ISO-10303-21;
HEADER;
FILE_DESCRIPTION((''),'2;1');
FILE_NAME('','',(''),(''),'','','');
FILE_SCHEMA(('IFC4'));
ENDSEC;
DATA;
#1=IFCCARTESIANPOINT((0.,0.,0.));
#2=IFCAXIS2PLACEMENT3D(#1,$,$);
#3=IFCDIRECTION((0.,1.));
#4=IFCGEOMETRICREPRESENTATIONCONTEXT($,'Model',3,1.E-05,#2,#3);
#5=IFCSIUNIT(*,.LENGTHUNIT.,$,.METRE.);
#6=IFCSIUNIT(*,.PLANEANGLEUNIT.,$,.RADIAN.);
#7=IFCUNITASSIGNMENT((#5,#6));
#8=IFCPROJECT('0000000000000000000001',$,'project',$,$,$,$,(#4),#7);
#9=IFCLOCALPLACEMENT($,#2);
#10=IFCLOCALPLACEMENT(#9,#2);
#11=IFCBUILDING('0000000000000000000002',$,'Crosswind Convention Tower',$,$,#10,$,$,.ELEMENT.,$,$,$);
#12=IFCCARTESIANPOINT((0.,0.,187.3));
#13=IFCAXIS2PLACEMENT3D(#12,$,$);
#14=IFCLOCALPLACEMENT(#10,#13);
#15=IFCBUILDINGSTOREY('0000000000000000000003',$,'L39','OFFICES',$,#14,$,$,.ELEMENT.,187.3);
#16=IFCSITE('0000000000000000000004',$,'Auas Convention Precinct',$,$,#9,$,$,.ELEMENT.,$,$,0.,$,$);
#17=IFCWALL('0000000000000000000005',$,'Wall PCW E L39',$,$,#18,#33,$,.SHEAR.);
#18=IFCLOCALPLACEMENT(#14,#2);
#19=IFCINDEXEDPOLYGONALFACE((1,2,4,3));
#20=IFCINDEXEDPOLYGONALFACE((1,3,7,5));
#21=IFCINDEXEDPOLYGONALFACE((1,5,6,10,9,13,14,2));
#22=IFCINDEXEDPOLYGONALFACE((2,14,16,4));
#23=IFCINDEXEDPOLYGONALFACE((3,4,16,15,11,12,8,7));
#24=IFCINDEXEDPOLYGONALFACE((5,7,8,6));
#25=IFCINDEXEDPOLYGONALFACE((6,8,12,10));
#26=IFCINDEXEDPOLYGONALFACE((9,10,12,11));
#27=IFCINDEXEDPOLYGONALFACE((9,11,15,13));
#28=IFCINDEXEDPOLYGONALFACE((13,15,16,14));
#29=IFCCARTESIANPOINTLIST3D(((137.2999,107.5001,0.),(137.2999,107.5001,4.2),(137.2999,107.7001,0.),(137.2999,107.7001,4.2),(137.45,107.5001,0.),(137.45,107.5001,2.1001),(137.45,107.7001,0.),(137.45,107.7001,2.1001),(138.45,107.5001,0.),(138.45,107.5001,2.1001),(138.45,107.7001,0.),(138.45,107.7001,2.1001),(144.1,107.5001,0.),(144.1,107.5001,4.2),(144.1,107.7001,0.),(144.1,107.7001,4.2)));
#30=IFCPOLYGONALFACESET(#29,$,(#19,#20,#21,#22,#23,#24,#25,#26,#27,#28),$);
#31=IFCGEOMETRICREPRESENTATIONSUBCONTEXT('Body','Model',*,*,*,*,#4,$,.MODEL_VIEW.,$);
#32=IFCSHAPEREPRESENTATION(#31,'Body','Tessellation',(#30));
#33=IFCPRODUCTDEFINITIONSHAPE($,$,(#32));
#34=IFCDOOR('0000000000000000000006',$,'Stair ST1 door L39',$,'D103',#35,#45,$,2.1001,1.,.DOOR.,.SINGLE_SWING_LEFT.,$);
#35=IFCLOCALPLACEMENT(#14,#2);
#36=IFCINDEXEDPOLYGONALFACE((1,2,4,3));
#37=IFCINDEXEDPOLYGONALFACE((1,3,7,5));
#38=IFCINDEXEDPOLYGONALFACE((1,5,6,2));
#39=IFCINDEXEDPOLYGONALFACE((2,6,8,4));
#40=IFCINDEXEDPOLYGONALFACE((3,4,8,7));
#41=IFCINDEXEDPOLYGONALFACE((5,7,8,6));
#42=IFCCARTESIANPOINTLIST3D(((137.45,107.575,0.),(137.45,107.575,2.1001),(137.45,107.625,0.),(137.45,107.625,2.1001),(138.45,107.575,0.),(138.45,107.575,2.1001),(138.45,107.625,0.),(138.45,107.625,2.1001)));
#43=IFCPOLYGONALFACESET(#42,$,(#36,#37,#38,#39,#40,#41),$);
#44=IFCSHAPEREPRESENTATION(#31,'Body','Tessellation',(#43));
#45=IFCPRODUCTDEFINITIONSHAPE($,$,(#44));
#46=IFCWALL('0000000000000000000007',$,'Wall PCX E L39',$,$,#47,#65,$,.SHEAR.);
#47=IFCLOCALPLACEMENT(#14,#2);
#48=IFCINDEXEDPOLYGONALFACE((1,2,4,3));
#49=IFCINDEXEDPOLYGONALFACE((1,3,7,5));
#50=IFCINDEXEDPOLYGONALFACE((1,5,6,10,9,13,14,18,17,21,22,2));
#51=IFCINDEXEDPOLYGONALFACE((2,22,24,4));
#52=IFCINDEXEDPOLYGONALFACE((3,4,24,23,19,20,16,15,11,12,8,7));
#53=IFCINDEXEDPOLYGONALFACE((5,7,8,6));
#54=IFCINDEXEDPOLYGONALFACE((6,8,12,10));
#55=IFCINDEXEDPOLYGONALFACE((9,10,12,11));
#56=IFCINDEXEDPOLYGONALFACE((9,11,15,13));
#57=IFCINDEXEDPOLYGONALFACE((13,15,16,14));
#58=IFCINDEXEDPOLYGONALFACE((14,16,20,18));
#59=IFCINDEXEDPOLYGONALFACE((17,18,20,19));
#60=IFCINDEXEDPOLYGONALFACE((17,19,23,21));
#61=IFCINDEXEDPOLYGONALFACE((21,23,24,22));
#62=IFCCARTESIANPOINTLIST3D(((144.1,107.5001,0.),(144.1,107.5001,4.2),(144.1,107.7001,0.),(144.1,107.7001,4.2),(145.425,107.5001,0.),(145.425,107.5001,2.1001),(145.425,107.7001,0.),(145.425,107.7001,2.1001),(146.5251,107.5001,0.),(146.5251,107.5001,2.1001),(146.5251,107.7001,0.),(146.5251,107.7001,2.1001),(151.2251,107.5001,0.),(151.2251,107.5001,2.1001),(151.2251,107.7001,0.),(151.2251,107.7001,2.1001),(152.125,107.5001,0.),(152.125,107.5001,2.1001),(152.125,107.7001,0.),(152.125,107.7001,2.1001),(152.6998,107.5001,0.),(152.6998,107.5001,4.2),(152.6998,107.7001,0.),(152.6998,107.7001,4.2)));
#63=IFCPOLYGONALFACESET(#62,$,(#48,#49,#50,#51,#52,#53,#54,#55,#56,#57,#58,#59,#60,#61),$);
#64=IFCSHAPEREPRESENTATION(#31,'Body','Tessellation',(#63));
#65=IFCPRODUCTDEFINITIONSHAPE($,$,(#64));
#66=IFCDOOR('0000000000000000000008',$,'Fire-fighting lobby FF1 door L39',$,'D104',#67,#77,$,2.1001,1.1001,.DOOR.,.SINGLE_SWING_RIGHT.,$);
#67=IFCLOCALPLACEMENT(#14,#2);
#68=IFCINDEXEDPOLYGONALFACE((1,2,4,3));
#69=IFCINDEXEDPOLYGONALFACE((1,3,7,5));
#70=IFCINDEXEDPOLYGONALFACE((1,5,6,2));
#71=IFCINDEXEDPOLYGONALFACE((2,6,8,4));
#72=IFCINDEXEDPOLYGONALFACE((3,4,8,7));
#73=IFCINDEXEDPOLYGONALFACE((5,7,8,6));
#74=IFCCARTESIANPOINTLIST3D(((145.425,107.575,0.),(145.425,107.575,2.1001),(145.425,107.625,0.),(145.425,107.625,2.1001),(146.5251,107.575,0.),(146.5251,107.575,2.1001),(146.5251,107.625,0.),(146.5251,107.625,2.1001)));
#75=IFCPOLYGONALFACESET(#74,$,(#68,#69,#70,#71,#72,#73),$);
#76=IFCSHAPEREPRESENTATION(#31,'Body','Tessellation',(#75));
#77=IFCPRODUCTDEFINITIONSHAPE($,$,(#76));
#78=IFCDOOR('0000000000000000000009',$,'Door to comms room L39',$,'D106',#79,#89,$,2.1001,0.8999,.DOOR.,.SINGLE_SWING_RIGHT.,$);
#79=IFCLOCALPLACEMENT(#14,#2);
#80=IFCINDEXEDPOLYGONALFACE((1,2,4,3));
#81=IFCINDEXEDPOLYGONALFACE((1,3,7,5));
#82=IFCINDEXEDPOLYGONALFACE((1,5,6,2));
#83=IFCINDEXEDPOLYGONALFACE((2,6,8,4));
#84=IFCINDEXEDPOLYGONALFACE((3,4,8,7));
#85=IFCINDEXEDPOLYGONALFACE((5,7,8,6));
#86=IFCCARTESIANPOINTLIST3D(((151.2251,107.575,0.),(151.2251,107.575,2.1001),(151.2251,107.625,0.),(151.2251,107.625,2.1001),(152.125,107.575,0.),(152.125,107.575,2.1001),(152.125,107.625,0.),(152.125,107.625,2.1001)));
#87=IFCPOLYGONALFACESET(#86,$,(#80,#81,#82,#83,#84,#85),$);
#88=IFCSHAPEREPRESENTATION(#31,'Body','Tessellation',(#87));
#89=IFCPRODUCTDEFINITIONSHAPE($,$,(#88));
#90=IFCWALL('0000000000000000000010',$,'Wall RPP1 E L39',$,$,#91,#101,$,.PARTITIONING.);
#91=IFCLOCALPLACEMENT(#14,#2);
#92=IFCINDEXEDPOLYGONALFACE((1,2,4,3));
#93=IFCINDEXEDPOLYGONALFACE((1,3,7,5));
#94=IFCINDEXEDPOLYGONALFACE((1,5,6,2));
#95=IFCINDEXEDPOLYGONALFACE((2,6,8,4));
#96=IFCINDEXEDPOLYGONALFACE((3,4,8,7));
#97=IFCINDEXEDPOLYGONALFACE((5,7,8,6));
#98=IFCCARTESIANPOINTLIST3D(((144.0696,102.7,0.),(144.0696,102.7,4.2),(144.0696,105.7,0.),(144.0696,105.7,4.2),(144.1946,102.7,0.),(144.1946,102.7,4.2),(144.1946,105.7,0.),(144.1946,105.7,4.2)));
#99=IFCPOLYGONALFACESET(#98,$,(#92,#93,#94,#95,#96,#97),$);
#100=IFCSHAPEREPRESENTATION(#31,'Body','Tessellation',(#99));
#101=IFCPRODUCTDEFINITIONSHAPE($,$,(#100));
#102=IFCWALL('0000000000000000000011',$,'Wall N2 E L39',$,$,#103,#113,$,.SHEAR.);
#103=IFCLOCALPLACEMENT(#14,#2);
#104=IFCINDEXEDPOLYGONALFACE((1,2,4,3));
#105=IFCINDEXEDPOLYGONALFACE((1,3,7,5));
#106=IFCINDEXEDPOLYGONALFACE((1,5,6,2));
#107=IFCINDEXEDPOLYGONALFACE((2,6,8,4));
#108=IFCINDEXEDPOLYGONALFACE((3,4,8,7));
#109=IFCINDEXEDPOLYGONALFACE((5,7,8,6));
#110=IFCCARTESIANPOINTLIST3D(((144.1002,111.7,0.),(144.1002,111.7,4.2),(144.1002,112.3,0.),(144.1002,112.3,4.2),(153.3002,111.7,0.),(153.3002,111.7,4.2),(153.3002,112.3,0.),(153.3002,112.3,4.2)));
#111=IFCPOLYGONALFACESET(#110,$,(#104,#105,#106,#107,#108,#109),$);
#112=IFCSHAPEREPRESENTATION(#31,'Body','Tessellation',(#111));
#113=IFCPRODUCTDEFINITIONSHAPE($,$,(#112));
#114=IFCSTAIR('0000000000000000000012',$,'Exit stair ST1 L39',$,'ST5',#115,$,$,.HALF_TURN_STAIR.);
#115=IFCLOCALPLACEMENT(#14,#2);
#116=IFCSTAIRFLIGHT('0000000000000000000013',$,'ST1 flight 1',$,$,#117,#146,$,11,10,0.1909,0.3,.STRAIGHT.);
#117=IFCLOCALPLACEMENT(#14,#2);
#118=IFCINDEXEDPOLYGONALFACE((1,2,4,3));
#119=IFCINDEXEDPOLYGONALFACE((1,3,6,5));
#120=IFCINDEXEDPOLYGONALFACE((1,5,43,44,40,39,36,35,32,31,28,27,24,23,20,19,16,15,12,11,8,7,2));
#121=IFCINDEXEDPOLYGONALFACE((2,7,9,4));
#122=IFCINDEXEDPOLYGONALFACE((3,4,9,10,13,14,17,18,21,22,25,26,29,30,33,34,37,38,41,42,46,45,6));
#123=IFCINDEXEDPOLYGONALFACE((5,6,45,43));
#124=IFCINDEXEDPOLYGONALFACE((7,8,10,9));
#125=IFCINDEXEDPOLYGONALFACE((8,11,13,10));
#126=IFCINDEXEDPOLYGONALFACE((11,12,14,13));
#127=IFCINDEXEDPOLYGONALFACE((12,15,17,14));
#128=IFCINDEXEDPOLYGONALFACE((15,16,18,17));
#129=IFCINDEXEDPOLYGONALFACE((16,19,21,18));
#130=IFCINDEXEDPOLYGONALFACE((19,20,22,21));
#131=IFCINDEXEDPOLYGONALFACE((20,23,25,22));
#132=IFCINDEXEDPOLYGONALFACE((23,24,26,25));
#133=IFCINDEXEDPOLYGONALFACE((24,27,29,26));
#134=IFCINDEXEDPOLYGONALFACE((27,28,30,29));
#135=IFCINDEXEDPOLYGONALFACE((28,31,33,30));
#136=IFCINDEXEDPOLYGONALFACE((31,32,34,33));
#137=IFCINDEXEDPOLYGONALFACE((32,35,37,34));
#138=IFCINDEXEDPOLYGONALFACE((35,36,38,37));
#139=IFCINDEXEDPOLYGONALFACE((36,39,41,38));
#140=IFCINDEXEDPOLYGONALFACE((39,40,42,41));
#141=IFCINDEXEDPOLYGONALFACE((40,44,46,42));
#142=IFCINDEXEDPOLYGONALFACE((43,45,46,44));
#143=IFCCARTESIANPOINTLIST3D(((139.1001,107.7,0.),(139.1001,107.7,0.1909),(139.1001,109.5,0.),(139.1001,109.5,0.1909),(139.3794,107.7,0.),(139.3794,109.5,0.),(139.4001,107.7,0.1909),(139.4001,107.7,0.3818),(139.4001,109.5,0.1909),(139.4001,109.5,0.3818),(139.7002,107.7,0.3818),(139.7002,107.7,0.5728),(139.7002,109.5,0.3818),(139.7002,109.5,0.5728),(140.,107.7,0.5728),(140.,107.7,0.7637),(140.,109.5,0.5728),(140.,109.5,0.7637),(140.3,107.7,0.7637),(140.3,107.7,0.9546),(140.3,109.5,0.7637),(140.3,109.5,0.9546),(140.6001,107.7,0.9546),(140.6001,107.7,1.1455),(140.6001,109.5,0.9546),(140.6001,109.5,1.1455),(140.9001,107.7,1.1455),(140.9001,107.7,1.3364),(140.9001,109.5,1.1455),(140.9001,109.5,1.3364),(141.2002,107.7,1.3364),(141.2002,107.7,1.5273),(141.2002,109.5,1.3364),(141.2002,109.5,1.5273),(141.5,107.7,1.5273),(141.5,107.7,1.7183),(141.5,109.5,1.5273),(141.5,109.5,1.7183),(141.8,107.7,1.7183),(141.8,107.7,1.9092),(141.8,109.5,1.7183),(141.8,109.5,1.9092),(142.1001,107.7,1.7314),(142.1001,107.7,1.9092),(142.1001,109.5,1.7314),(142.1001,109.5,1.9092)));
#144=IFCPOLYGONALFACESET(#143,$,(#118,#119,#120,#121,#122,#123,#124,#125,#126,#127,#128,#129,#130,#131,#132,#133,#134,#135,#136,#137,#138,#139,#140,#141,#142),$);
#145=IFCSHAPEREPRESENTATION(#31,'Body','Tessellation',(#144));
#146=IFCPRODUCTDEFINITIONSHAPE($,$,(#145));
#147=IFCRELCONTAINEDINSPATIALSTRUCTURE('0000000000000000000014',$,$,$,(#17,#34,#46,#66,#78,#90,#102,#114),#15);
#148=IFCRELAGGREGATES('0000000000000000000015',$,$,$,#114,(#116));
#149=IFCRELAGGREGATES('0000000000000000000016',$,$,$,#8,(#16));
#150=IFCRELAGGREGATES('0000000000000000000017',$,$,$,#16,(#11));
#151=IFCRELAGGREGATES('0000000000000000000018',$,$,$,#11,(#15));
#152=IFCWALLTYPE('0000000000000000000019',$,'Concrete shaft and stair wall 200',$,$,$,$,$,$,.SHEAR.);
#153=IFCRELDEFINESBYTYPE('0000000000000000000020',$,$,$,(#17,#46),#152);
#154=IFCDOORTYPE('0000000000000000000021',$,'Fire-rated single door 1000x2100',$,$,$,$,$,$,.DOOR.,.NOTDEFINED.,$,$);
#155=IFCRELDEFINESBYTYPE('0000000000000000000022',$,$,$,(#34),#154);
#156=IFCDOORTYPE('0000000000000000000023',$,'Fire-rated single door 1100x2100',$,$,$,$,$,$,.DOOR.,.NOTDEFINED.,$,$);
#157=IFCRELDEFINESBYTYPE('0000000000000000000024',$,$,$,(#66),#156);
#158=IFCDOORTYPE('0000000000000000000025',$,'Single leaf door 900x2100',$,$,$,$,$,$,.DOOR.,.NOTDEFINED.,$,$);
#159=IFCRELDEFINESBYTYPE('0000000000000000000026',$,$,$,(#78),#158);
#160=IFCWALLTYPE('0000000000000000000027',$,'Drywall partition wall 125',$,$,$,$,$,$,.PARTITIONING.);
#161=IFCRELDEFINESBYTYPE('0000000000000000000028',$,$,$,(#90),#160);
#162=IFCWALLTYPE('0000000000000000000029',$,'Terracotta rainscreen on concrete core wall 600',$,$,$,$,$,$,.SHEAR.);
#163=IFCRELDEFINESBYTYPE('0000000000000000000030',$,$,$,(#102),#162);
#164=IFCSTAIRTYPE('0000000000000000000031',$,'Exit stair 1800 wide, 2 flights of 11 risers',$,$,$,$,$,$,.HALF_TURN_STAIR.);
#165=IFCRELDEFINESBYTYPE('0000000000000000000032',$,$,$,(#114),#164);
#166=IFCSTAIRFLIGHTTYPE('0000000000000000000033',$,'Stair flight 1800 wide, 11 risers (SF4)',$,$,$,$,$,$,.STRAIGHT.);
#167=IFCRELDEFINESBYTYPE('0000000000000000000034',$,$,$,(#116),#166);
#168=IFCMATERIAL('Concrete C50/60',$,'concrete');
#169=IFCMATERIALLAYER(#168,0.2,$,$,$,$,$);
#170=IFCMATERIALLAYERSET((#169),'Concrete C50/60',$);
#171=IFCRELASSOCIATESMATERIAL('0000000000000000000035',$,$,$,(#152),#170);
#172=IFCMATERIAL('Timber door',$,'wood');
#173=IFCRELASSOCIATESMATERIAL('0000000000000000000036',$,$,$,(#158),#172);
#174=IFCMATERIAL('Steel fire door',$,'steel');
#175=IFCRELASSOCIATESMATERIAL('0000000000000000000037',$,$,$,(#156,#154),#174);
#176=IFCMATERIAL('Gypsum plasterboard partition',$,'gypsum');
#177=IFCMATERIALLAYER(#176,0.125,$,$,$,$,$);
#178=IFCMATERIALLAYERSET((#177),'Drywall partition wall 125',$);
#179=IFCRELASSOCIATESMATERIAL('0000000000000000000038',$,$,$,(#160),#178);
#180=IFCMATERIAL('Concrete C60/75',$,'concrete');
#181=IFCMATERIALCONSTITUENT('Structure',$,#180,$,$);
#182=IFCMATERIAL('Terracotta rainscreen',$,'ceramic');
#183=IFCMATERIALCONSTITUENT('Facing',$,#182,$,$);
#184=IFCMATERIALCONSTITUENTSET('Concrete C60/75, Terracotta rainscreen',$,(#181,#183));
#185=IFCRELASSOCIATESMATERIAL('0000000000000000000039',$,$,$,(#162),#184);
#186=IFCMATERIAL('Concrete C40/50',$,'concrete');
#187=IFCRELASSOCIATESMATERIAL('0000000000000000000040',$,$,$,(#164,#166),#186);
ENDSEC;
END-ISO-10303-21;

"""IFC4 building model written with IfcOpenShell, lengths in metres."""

from ifc_helpers import new_model, si_unit, direction, frame, frame_2d, origin, place, context, subcontext, project, spatial, polyline, rectangle, outline, extrude, material, layer, layer_set, constituent, constituent_set, type_object, element, fill, aggregate, save


model = new_model("IFC4")

# Units and contexts
model_context = context("Model", 3, precision=1e-05, world=origin(), true_north=direction((0.0, 1.0)))
body_context = subcontext(model_context, "Body", "Model", "MODEL_VIEW")
ifc_project = project(units=[si_unit("LENGTHUNIT", "METRE"), si_unit("PLANEANGLEUNIT", "RADIAN")], contexts=[model_context])

# Site, building, storey
site_placement = place(None, origin())
site = spatial("IfcSite", under=ifc_project, at=site_placement, Name="Auas Convention Precinct", CompositionType="ELEMENT", RefElevation=0.0)
building_placement = place(site_placement, origin())
building = spatial("IfcBuilding", under=site, at=building_placement, Name="Crosswind Convention Tower", CompositionType="ELEMENT")
storey_placement = place(building_placement, frame((0.0, 0.0, 187.3)))
storey = spatial("IfcBuildingStorey", under=building, at=storey_placement, Name="L39", Description="OFFICES", CompositionType="ELEMENT", Elevation=187.3)

# Shared definitions
ifc_material_1 = material(Name="Concrete C50/60", Category="concrete")
ifc_layer_1 = layer(ifc_material_1, 0.2)
ifc_layer_set_1 = layer_set([ifc_layer_1], Name="Concrete C50/60")
wall_type_1 = type_object("IfcWallType", Name="Concrete shaft and stair wall 200", PredefinedType="SHEAR", material=ifc_layer_set_1)

# Shared definitions
ifc_material_2 = material(Name="Timber door", Category="wood")
door_type_1 = type_object("IfcDoorType", Name="Single leaf door 900x2100", OperationType="NOTDEFINED", PredefinedType="DOOR", material=ifc_material_2)

# Shared definitions
ifc_material_3 = material(Name="Steel fire door", Category="steel")
door_type_2 = type_object("IfcDoorType", Name="Fire-rated single door 1100x2100", OperationType="NOTDEFINED", PredefinedType="DOOR", material=ifc_material_3)

# Wall, opening, door
wall_1_placement = place(storey_placement, frame((137.3, 107.6001, 0.0), z_axis=(0.0, 0.0, 1.0), x_axis=(1.0, 0.0, 0.0)))
wall_1 = element("IfcWall", 1, at=wall_1_placement, inside=storey, type_object=wall_type_1, Name="Wall PCW E L39", PredefinedType="SHEAR", context=body_context, shape_type="SweptSolid", body=[
    extrude(rectangle(XDim=6.8, YDim=0.2, at=frame_2d((3.3999, 0.0))), origin(), (0.0, 0.0, 1.0), 4.2),
])
opening_1_placement = place(wall_1_placement, frame((0.1499, 0.0, 0.0)))
opening_1 = element("IfcOpeningElement", 2, at=opening_1_placement, cuts=wall_1, PredefinedType="OPENING", context=body_context, shape_type="SweptSolid", body=[
    extrude(rectangle(XDim=1.0, YDim=2.1001, at=frame_2d((0.5, 1.05))), frame((0.0, 0.1099, 0.0), z_axis=(0.0, -1.0, 0.0), x_axis=(1.0, 0.0, 0.0)), (0.0, 0.0, 1.0), 0.22),
])
door_type_3 = type_object("IfcDoorType", Name="Fire-rated single door 1000x2100", OperationType="NOTDEFINED", PredefinedType="DOOR", material=ifc_material_3)
door_1_placement = place(opening_1_placement, origin())
door_1 = element("IfcDoor", 3, at=door_1_placement, inside=storey, type_object=door_type_3, Name="Stair ST1 door L39", ObjectType="D103", OperationType="SINGLE_SWING_LEFT", OverallHeight=2.1001, OverallWidth=1.0, PredefinedType="DOOR", context=body_context, shape_type="SweptSolid", body=[
    extrude(rectangle(XDim=1.0, YDim=2.1001, at=frame_2d((0.5, 1.05))), frame((0.0, 0.0249, 0.0), z_axis=(0.0, -1.0, 0.0), x_axis=(1.0, 0.0, 0.0)), (0.0, 0.0, 1.0), 0.05),
])
fill(opening_1, door_1)

# Wall, openings, doors
wall_2_placement = place(storey_placement, frame((144.1001, 107.6001, 0.0), z_axis=(0.0, 0.0, 1.0), x_axis=(1.0, 0.0, 0.0)))
wall_2 = element("IfcWall", 4, at=wall_2_placement, inside=storey, type_object=wall_type_1, Name="Wall PCX E L39", PredefinedType="SHEAR", context=body_context, shape_type="SweptSolid", body=[
    extrude(rectangle(XDim=8.5999, YDim=0.2, at=frame_2d((4.2998, 0.0))), origin(), (0.0, 0.0, 1.0), 4.2),
])
opening_2_placement = place(wall_2_placement, frame((1.325, 0.0, 0.0)))
opening_2 = element("IfcOpeningElement", 5, at=opening_2_placement, cuts=wall_2, PredefinedType="OPENING", context=body_context, shape_type="SweptSolid", body=[
    extrude(rectangle(XDim=1.1001, YDim=2.1001, at=frame_2d((0.55, 1.05))), frame((0.0, 0.1099, 0.0), z_axis=(0.0, -1.0, 0.0), x_axis=(1.0, 0.0, 0.0)), (0.0, 0.0, 1.0), 0.22),
])
opening_3_placement = place(wall_2_placement, frame((7.125, 0.0, 0.0)))
opening_3 = element("IfcOpeningElement", 6, at=opening_3_placement, cuts=wall_2, PredefinedType="OPENING", context=body_context, shape_type="SweptSolid", body=[
    extrude(rectangle(XDim=0.8999, YDim=2.1001, at=frame_2d((0.45, 1.05))), frame((0.0, 0.1099, 0.0), z_axis=(0.0, -1.0, 0.0), x_axis=(1.0, 0.0, 0.0)), (0.0, 0.0, 1.0), 0.22),
])
door_2_placement = place(opening_2_placement, origin())
door_2 = element("IfcDoor", 7, at=door_2_placement, inside=storey, type_object=door_type_2, Name="Fire-fighting lobby FF1 door L39", ObjectType="D104", OperationType="SINGLE_SWING_RIGHT", OverallHeight=2.1001, OverallWidth=1.1001, PredefinedType="DOOR", context=body_context, shape_type="SweptSolid", body=[
    extrude(rectangle(XDim=1.1001, YDim=2.1001, at=frame_2d((0.55, 1.05))), frame((0.0, 0.0249, 0.0), z_axis=(0.0, -1.0, 0.0), x_axis=(1.0, 0.0, 0.0)), (0.0, 0.0, 1.0), 0.05),
])
fill(opening_2, door_2)
door_3_placement = place(opening_3_placement, origin())
door_3 = element("IfcDoor", 8, at=door_3_placement, inside=storey, type_object=door_type_1, Name="Door to comms room L39", ObjectType="D106", OperationType="SINGLE_SWING_RIGHT", OverallHeight=2.1001, OverallWidth=0.8999, PredefinedType="DOOR", context=body_context, shape_type="SweptSolid", body=[
    extrude(rectangle(XDim=0.8999, YDim=2.1001, at=frame_2d((0.45, 1.05))), frame((0.0, 0.0249, 0.0), z_axis=(0.0, -1.0, 0.0), x_axis=(1.0, 0.0, 0.0)), (0.0, 0.0, 1.0), 0.05),
])
fill(opening_3, door_3)

# Walls
ifc_material_4 = material(Name="Gypsum plasterboard partition", Category="gypsum")
ifc_layer_2 = layer(ifc_material_4, 0.125)
ifc_layer_set_2 = layer_set([ifc_layer_2], Name="Drywall partition wall 125")
wall_type_2 = type_object("IfcWallType", Name="Drywall partition wall 125", PredefinedType="PARTITIONING", material=ifc_layer_set_2)
wall_3_placement = place(storey_placement, frame((144.1321, 102.7, 0.0), z_axis=(0.0, 0.0, 1.0), x_axis=(0.0, 1.0, 0.0)))
element("IfcWall", 9, at=wall_3_placement, inside=storey, type_object=wall_type_2, Name="Wall RPP1 E L39", PredefinedType="PARTITIONING", context=body_context, shape_type="SweptSolid", body=[
    extrude(rectangle(XDim=3.0, YDim=0.125, at=frame_2d((1.5, 0.0))), origin(), (0.0, 0.0, 1.0), 4.2),
])
ifc_material_5 = material(Name="Concrete C60/75", Category="concrete")
ifc_constituent_1 = constituent(ifc_material_5, Name="Structure")
ifc_material_6 = material(Name="Terracotta rainscreen", Category="ceramic")
ifc_constituent_2 = constituent(ifc_material_6, Name="Facing")
ifc_constituent_set = constituent_set(constituents=[ifc_constituent_1, ifc_constituent_2], Name="Concrete C60/75, Terracotta rainscreen")
wall_type_3 = type_object("IfcWallType", Name="Terracotta rainscreen on concrete core wall 600", PredefinedType="SHEAR", material=ifc_constituent_set)
wall_4_placement = place(storey_placement, frame((144.1001, 112.0, 0.0), z_axis=(0.0, 0.0, 1.0), x_axis=(1.0, 0.0, 0.0)))
element("IfcWall", 10, at=wall_4_placement, inside=storey, type_object=wall_type_3, Name="Wall N2 E L39", PredefinedType="SHEAR", context=body_context, shape_type="SweptSolid", body=[
    extrude(rectangle(XDim=9.2, YDim=0.6001, at=frame_2d((4.6001, 0.0))), origin(), (0.0, 0.0, 1.0), 4.2),
])

# Stair, stair flight
ifc_material_7 = material(Name="Concrete C40/50", Category="concrete")
stair_type = type_object("IfcStairType", Name="Exit stair 1800 wide, 2 flights of 11 risers", PredefinedType="HALF_TURN_STAIR", material=ifc_material_7)
stair_placement = place(storey_placement, origin())
stair = element("IfcStair", 11, at=stair_placement, inside=storey, type_object=stair_type, Name="Exit stair ST1 L39", ObjectType="ST5", PredefinedType="HALF_TURN_STAIR")
stair_flight_type = type_object("IfcStairFlightType", Name="Stair flight 1800 wide, 11 risers (SF4)", PredefinedType="STRAIGHT", material=ifc_material_7)
stair_flight_1_placement = place(storey_placement, frame((139.1001, 108.6001, 0.0), z_axis=(0.0, 0.0, 1.0), x_axis=(1.0, 0.0, 0.0)))
stair_flight_1 = element("IfcStairFlight", 12, at=stair_flight_1_placement, type_object=stair_flight_type, Name="ST1 flight 1", NumberOfRisers=11, NumberOfTreads=10, PredefinedType="STRAIGHT", RiserHeight=0.1909, TreadLength=0.3, context=body_context, shape_type="SweptSolid", body=[
    extrude(outline(polyline([(0.0, 0.0), (0.0, 0.1909), (0.3, 0.1909), (0.3, 0.3818), (0.6001, 0.3818), (0.6001, 0.5728), (0.8999, 0.5728), (0.8999, 0.7637), (1.2, 0.7637), (1.2, 0.9546), (1.5, 0.9546), (1.5, 1.1455), (1.8, 1.1455), (1.8, 1.3364), (2.1001, 1.3364), (2.1001, 1.5273), (2.3999, 1.5273), (2.3999, 1.7183), (2.7, 1.7183), (2.7, 1.9092), (3.0, 1.9092), (3.0, 2.1001), (3.0, 1.7314), (0.2793, 0.0), (0.0, 0.0)])), frame((0.0, 0.8999, 0.0), z_axis=(0.0, -1.0, 0.0), x_axis=(1.0, 0.0, 0.0)), (0.0, 0.0, 1.0), 1.8),
])
aggregate(stair, [stair_flight_1])

save(model, "model.ifc")
